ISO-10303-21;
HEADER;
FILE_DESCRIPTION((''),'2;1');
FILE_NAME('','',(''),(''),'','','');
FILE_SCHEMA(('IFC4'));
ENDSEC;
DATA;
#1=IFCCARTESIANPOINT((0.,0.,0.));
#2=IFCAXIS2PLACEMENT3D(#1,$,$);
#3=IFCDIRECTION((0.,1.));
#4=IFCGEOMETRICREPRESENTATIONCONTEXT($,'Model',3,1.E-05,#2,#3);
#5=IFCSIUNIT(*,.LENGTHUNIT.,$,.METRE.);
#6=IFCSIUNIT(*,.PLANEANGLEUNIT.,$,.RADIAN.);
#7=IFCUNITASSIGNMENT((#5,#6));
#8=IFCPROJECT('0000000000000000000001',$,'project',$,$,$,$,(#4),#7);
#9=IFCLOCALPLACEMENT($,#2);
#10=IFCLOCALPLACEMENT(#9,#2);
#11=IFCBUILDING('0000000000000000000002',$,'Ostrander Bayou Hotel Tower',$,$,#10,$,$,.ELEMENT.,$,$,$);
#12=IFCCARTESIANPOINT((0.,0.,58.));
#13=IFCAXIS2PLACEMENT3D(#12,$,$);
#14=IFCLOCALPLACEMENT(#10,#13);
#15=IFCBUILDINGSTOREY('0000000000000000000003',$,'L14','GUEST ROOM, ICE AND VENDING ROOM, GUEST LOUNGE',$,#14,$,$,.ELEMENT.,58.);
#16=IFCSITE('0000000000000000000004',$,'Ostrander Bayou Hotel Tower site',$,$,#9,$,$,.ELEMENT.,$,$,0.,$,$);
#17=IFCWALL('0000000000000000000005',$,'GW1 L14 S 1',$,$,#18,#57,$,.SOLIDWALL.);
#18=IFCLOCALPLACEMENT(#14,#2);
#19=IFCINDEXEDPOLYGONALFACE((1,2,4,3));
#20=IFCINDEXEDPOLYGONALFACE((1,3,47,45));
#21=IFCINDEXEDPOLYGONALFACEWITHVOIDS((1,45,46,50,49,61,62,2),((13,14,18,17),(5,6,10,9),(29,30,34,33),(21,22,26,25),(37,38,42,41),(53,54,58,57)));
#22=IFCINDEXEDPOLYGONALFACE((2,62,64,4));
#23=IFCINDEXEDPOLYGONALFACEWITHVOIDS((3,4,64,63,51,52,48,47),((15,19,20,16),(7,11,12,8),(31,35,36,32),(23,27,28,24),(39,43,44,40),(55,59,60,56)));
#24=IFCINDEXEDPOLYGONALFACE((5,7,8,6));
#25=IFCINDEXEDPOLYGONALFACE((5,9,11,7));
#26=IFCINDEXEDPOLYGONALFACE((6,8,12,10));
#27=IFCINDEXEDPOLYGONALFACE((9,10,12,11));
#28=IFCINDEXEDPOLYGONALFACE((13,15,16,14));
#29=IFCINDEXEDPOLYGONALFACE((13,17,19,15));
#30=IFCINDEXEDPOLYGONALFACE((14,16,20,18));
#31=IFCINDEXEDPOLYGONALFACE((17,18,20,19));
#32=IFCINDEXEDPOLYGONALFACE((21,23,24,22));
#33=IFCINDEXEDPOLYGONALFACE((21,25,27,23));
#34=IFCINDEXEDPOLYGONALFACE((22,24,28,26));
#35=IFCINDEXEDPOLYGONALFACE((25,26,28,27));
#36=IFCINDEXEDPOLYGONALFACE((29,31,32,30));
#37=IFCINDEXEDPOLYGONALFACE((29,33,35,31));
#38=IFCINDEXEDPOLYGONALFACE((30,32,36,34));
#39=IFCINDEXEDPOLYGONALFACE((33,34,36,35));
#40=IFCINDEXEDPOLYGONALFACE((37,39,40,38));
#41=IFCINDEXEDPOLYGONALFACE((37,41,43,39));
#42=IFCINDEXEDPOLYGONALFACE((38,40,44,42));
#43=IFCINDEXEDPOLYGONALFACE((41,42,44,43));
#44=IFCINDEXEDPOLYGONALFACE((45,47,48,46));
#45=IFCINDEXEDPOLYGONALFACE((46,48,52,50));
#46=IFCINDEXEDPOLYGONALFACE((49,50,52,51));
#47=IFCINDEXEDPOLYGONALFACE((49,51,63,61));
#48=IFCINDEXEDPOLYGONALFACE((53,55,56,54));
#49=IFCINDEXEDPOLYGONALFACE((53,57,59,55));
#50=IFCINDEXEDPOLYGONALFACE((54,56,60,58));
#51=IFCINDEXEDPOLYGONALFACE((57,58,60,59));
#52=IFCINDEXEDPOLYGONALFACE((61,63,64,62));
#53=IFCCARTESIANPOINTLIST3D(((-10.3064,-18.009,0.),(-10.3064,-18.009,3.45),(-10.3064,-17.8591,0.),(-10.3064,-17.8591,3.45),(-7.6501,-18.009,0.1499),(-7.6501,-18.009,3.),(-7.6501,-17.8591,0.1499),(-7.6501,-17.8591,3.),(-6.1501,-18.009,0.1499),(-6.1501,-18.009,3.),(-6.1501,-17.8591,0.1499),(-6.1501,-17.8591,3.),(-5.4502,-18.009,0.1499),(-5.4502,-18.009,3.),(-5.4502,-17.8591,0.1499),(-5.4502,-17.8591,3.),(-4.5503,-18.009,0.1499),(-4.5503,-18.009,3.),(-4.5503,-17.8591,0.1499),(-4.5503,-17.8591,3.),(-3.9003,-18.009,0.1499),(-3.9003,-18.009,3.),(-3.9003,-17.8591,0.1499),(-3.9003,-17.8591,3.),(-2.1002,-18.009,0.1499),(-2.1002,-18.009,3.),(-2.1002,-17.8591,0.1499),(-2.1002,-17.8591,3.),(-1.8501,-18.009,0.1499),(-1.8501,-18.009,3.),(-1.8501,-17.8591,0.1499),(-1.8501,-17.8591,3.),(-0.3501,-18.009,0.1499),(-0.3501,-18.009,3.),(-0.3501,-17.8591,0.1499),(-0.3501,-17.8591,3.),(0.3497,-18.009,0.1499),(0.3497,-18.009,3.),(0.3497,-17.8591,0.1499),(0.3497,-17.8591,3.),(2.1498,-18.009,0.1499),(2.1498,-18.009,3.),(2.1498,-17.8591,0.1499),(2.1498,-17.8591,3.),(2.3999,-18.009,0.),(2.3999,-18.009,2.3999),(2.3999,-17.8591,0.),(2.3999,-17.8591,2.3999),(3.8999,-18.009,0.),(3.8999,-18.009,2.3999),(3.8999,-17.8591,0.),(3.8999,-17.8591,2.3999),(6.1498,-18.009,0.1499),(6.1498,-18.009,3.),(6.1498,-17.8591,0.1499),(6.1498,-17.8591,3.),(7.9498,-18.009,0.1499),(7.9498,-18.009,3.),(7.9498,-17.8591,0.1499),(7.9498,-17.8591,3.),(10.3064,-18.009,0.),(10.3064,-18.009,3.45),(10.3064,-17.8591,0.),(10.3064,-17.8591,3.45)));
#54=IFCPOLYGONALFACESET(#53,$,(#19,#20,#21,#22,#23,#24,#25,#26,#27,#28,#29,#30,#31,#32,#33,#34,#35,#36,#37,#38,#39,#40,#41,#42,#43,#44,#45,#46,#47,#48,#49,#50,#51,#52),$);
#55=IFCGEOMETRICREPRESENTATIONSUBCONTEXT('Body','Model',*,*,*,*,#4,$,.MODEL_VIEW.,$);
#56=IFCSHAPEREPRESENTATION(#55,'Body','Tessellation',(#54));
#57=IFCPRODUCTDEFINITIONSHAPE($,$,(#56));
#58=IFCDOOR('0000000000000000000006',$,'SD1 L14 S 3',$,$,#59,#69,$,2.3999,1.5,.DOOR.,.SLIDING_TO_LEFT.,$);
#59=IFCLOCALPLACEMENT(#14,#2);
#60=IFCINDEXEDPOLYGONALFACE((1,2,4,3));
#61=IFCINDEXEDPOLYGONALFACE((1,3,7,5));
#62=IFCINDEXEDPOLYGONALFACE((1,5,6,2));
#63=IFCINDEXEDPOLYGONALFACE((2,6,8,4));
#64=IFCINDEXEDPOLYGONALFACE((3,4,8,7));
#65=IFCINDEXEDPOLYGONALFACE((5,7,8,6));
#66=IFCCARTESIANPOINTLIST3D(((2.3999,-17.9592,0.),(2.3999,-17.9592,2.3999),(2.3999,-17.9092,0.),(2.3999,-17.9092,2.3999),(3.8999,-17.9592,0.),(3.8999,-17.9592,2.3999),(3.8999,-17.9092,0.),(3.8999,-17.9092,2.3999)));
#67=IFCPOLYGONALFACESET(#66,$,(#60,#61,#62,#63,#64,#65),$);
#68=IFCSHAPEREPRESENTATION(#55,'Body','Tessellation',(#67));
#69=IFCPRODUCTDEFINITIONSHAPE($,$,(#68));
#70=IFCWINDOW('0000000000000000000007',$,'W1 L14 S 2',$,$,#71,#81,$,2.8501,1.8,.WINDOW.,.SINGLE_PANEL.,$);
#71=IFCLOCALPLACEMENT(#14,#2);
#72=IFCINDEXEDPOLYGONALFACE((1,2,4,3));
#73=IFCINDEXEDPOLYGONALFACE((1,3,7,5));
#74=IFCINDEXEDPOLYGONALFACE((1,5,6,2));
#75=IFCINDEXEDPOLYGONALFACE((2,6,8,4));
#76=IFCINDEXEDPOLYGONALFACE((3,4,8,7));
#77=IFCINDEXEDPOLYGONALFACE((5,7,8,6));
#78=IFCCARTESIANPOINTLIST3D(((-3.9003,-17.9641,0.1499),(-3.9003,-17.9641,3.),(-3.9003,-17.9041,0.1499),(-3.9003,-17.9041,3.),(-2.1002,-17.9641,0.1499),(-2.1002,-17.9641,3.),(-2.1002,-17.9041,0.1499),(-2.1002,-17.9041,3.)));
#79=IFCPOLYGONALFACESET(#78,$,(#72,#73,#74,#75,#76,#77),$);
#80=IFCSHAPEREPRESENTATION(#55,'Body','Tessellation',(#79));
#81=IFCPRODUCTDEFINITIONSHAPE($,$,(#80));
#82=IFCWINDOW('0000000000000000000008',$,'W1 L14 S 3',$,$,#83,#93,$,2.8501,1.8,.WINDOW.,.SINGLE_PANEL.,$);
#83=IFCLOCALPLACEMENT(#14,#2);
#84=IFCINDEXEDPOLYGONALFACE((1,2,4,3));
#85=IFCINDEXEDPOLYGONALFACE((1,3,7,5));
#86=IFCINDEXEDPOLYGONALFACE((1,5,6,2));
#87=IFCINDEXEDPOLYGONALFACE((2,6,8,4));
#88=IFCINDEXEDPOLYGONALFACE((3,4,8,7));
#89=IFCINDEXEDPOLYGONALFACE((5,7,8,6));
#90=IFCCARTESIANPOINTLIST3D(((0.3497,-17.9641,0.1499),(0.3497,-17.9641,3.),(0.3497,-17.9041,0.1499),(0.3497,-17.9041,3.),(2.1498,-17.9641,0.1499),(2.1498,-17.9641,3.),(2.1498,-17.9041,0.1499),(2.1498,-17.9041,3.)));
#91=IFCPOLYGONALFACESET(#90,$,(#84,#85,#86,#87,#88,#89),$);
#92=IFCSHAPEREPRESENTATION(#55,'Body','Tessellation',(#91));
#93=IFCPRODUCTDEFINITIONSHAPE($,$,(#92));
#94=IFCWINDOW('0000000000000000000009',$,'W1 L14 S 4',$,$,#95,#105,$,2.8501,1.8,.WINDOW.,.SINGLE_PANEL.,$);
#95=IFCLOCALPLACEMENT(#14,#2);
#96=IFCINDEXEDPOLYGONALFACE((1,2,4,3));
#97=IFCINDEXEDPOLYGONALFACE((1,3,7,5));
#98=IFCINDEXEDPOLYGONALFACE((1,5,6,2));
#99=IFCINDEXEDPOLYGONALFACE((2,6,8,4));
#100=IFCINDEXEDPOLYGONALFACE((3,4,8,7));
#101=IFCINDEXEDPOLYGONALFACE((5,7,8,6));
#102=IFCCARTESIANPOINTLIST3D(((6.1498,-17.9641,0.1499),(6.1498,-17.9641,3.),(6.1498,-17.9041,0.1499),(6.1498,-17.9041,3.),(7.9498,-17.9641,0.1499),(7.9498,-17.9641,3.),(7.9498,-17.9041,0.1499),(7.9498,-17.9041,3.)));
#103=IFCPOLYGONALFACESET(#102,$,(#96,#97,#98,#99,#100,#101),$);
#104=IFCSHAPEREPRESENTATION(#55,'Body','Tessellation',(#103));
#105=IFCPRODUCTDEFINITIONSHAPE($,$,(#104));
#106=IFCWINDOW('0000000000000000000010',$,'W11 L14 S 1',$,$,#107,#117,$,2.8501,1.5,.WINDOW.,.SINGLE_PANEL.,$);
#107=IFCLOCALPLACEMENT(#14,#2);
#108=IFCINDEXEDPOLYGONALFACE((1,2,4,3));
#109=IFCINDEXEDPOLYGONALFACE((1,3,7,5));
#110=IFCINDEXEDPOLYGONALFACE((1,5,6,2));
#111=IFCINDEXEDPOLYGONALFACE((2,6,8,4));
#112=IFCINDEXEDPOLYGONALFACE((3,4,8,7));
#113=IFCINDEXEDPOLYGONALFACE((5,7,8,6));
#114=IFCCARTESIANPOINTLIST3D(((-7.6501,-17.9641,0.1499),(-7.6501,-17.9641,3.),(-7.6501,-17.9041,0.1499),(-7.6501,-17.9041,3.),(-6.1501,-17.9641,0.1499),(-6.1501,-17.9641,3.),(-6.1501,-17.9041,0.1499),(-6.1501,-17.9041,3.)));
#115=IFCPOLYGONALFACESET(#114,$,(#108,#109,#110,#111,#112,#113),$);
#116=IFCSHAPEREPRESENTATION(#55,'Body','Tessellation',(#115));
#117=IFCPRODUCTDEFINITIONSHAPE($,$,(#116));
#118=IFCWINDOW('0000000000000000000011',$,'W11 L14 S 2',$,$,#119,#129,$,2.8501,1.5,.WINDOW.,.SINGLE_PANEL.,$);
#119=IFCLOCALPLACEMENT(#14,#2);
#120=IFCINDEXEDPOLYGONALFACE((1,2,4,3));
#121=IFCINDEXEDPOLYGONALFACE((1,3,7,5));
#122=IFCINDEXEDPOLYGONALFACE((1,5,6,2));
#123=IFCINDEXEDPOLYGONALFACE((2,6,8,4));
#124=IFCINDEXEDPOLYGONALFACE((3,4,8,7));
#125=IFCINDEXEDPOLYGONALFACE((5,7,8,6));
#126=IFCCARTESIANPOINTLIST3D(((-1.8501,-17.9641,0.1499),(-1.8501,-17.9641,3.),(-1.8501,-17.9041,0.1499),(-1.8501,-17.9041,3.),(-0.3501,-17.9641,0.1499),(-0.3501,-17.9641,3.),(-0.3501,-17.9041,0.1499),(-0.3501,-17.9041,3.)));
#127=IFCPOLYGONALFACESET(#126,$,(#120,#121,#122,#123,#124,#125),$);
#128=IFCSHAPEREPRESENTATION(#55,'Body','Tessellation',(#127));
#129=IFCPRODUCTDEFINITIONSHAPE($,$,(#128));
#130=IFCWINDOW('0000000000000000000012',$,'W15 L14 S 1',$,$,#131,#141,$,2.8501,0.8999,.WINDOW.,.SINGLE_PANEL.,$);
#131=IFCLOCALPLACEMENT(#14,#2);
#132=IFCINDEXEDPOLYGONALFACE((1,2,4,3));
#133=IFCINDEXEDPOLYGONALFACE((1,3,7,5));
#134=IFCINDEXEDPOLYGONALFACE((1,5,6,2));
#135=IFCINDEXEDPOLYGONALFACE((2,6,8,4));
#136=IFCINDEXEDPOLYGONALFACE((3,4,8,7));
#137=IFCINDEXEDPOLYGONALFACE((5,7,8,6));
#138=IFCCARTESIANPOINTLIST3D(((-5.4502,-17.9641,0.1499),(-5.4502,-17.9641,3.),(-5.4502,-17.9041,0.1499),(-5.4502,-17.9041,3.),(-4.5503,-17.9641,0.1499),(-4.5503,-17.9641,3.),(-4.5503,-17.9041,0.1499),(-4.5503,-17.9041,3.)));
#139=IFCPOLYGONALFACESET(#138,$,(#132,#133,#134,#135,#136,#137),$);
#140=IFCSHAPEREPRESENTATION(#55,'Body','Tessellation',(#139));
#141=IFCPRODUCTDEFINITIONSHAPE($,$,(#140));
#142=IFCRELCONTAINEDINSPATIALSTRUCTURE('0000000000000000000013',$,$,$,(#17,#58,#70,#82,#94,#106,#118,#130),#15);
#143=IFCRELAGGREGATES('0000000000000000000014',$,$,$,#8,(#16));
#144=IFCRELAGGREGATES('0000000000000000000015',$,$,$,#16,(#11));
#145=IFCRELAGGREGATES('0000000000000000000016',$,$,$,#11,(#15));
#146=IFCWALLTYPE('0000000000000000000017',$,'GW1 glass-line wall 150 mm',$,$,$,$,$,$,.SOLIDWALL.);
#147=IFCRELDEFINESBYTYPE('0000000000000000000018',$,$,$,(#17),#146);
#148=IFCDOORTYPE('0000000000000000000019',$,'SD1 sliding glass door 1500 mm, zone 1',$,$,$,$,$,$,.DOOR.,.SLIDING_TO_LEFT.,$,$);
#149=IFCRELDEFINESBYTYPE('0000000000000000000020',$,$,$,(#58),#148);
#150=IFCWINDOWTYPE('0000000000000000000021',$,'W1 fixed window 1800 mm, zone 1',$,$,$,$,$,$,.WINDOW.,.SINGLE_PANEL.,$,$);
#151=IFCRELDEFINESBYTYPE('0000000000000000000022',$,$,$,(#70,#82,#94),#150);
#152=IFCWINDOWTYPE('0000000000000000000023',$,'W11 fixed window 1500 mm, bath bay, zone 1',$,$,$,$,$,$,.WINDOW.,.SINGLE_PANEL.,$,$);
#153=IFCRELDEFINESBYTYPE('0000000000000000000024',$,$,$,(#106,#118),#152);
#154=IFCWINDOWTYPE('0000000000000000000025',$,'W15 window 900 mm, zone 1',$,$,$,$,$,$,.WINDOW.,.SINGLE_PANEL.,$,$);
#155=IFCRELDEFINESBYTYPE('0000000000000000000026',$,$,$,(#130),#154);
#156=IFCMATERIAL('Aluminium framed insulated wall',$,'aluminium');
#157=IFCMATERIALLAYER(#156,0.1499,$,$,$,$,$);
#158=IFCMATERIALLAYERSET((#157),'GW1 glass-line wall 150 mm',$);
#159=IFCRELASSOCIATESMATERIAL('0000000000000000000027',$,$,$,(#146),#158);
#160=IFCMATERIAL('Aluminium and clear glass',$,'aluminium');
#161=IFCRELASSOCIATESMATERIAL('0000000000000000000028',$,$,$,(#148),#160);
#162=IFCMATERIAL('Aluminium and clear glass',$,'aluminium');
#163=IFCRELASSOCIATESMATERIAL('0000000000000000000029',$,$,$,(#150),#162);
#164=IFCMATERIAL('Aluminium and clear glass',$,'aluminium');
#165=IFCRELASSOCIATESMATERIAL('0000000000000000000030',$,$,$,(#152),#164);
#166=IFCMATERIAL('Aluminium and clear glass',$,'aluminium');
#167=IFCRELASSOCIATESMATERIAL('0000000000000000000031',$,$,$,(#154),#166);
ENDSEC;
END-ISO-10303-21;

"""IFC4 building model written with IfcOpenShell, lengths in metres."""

from ifc_helpers import new_model, si_unit, direction, frame, frame_2d, origin, place, context, subcontext, project, spatial, rectangle, extrude, material, layer, layer_set, type_object, element, fill, save


model = new_model("IFC4")

# Units and contexts
model_context = context("Model", 3, precision=1e-05, world=origin(), true_north=direction((0.0, 1.0)))
body_context = subcontext(model_context, "Body", "Model", "MODEL_VIEW")
ifc_project = project(units=[si_unit("LENGTHUNIT", "METRE"), si_unit("PLANEANGLEUNIT", "RADIAN")], contexts=[model_context])

# Site, building, storey
site_placement = place(None, origin())
site = spatial("IfcSite", under=ifc_project, at=site_placement, Name="Ostrander Bayou Hotel Tower site", CompositionType="ELEMENT", RefElevation=0.0)
building_placement = place(site_placement, origin())
building = spatial("IfcBuilding", under=site, at=building_placement, Name="Ostrander Bayou Hotel Tower", CompositionType="ELEMENT")
storey_placement = place(building_placement, frame((0.0, 0.0, 58.0)))
storey = spatial("IfcBuildingStorey", under=building, at=storey_placement, Name="L14", Description="GUEST ROOM, ICE AND VENDING ROOM, GUEST LOUNGE", CompositionType="ELEMENT", Elevation=58.0)

# Wall, openings, door, windows
ifc_material_1 = material(Name="Aluminium framed insulated wall", Category="aluminium")
ifc_layer_1 = layer(ifc_material_1, 0.1499)
ifc_layer_set_1 = layer_set([ifc_layer_1], Name="GW1 glass-line wall 150 mm")
wall_type_1 = type_object("IfcWallType", Name="GW1 glass-line wall 150 mm", PredefinedType="SOLIDWALL", material=ifc_layer_set_1)
wall_1_placement = place(storey_placement, frame((-10.3064, -17.9341, 0.0), z_axis=(0.0, 0.0, 1.0), x_axis=(1.0, 0.0, 0.0)))
wall_1 = element("IfcWall", 1, at=wall_1_placement, inside=storey, type_object=wall_type_1, Name="GW1 L14 S 1", PredefinedType="SOLIDWALL", context=body_context, shape_type="SweptSolid", body=[
    extrude(rectangle(XDim=20.6128, YDim=0.1499, at=frame_2d((10.3064, 0.0))), origin(), (0.0, 0.0, 1.0), 3.45),
])
opening_1_placement = place(wall_1_placement, frame((4.8562, 0.0, 0.1499)))
opening_1 = element("IfcOpeningElement", 2, at=opening_1_placement, cuts=wall_1, PredefinedType="OPENING", context=body_context, shape_type="SweptSolid", body=[
    extrude(rectangle(XDim=0.8999, YDim=2.8501, at=frame_2d((0.45, 1.425))), frame((0.0, 0.075, 0.0), z_axis=(0.0, -1.0, 0.0), x_axis=(1.0, 0.0, 0.0)), (0.0, 0.0, 1.0), 0.1499),
])
opening_2_placement = place(wall_1_placement, frame((2.6562, 0.0, 0.1499)))
opening_2 = element("IfcOpeningElement", 3, at=opening_2_placement, cuts=wall_1, PredefinedType="OPENING", context=body_context, shape_type="SweptSolid", body=[
    extrude(rectangle(XDim=1.5, YDim=2.8501, at=frame_2d((0.75, 1.425))), frame((0.0, 0.075, 0.0), z_axis=(0.0, -1.0, 0.0), x_axis=(1.0, 0.0, 0.0)), (0.0, 0.0, 1.0), 0.1499),
])
opening_3_placement = place(wall_1_placement, frame((6.4062, 0.0, 0.1499)))
opening_3 = element("IfcOpeningElement", 4, at=opening_3_placement, cuts=wall_1, PredefinedType="OPENING", context=body_context, shape_type="SweptSolid", body=[
    extrude(rectangle(XDim=1.8, YDim=2.8501, at=frame_2d((0.8999, 1.425))), frame((0.0, 0.075, 0.0), z_axis=(0.0, -1.0, 0.0), x_axis=(1.0, 0.0, 0.0)), (0.0, 0.0, 1.0), 0.1499),
])
opening_4_placement = place(wall_1_placement, frame((8.4563, 0.0, 0.1499)))
opening_4 = element("IfcOpeningElement", 5, at=opening_4_placement, cuts=wall_1, PredefinedType="OPENING", context=body_context, shape_type="SweptSolid", body=[
    extrude(rectangle(XDim=1.5, YDim=2.8501, at=frame_2d((0.75, 1.425))), frame((0.0, 0.075, 0.0), z_axis=(0.0, -1.0, 0.0), x_axis=(1.0, 0.0, 0.0)), (0.0, 0.0, 1.0), 0.1499),
])
opening_5_placement = place(wall_1_placement, frame((10.6562, 0.0, 0.1499)))
opening_5 = element("IfcOpeningElement", 6, at=opening_5_placement, cuts=wall_1, PredefinedType="OPENING", context=body_context, shape_type="SweptSolid", body=[
    extrude(rectangle(XDim=1.8, YDim=2.8501, at=frame_2d((0.8999, 1.425))), frame((0.0, 0.075, 0.0), z_axis=(0.0, -1.0, 0.0), x_axis=(1.0, 0.0, 0.0)), (0.0, 0.0, 1.0), 0.1499),
])
opening_6_placement = place(wall_1_placement, frame((12.7063, 0.0, 0.0)))
opening_6 = element("IfcOpeningElement", 7, at=opening_6_placement, cuts=wall_1, PredefinedType="OPENING", context=body_context, shape_type="SweptSolid", body=[
    extrude(rectangle(XDim=1.5, YDim=2.3999, at=frame_2d((0.75, 1.2))), frame((0.0, 0.075, 0.0), z_axis=(0.0, -1.0, 0.0), x_axis=(1.0, 0.0, 0.0)), (0.0, 0.0, 1.0), 0.1499),
])
opening_7_placement = place(wall_1_placement, frame((16.4563, 0.0, 0.1499)))
opening_7 = element("IfcOpeningElement", 8, at=opening_7_placement, cuts=wall_1, PredefinedType="OPENING", context=body_context, shape_type="SweptSolid", body=[
    extrude(rectangle(XDim=1.8, YDim=2.8501, at=frame_2d((0.8999, 1.425))), frame((0.0, 0.075, 0.0), z_axis=(0.0, -1.0, 0.0), x_axis=(1.0, 0.0, 0.0)), (0.0, 0.0, 1.0), 0.1499),
])
ifc_material_2 = material(Name="Aluminium and clear glass", Category="aluminium")
door_type = type_object("IfcDoorType", Name="SD1 sliding glass door 1500 mm, zone 1", OperationType="SLIDING_TO_LEFT", PredefinedType="DOOR", material=ifc_material_2)
door_placement = place(opening_6_placement, origin())
door = element("IfcDoor", 9, at=door_placement, inside=storey, type_object=door_type, Name="SD1 L14 S 3", OperationType="SLIDING_TO_LEFT", OverallHeight=2.3999, OverallWidth=1.5, PredefinedType="DOOR", context=body_context, shape_type="SweptSolid", body=[
    extrude(rectangle(XDim=1.5, YDim=2.3999, at=frame_2d((0.75, 1.2))), frame((0.0, 0.0249, 0.0), z_axis=(0.0, -1.0, 0.0), x_axis=(1.0, 0.0, 0.0)), (0.0, 0.0, 1.0), 0.05),
])
fill(opening_6, door)
ifc_material_3 = material(Name="Aluminium and clear glass", Category="aluminium")
window_type_1 = type_object("IfcWindowType", Name="W1 fixed window 1800 mm, zone 1", PartitioningType="SINGLE_PANEL", PredefinedType="WINDOW", material=ifc_material_3)
window_1_placement = place(opening_3_placement, origin())
window_1 = element("IfcWindow", 10, at=window_1_placement, inside=storey, type_object=window_type_1, Name="W1 L14 S 2", OverallHeight=2.8501, OverallWidth=1.8, PartitioningType="SINGLE_PANEL", PredefinedType="WINDOW", context=body_context, shape_type="SweptSolid", body=[
    extrude(rectangle(XDim=1.8, YDim=2.8501, at=frame_2d((0.8999, 1.425))), frame((0.0, 0.03, 0.0), z_axis=(0.0, -1.0, 0.0), x_axis=(1.0, 0.0, 0.0)), (0.0, 0.0, 1.0), 0.0601),
])
fill(opening_3, window_1)
window_2_placement = place(opening_5_placement, origin())
window_2 = element("IfcWindow", 11, at=window_2_placement, inside=storey, type_object=window_type_1, Name="W1 L14 S 3", OverallHeight=2.8501, OverallWidth=1.8, PartitioningType="SINGLE_PANEL", PredefinedType="WINDOW", context=body_context, shape_type="SweptSolid", body=[
    extrude(rectangle(XDim=1.8, YDim=2.8501, at=frame_2d((0.8999, 1.425))), frame((0.0, 0.03, 0.0), z_axis=(0.0, -1.0, 0.0), x_axis=(1.0, 0.0, 0.0)), (0.0, 0.0, 1.0), 0.0601),
])
fill(opening_5, window_2)
window_3_placement = place(opening_7_placement, origin())
window_3 = element("IfcWindow", 12, at=window_3_placement, inside=storey, type_object=window_type_1, Name="W1 L14 S 4", OverallHeight=2.8501, OverallWidth=1.8, PartitioningType="SINGLE_PANEL", PredefinedType="WINDOW", context=body_context, shape_type="SweptSolid", body=[
    extrude(rectangle(XDim=1.8, YDim=2.8501, at=frame_2d((0.8999, 1.425))), frame((0.0, 0.03, 0.0), z_axis=(0.0, -1.0, 0.0), x_axis=(1.0, 0.0, 0.0)), (0.0, 0.0, 1.0), 0.0601),
])
fill(opening_7, window_3)
ifc_material_4 = material(Name="Aluminium and clear glass", Category="aluminium")
window_type_2 = type_object("IfcWindowType", Name="W11 fixed window 1500 mm, bath bay, zone 1", PartitioningType="SINGLE_PANEL", PredefinedType="WINDOW", material=ifc_material_4)
window_4_placement = place(opening_2_placement, origin())
window_4 = element("IfcWindow", 13, at=window_4_placement, inside=storey, type_object=window_type_2, Name="W11 L14 S 1", OverallHeight=2.8501, OverallWidth=1.5, PartitioningType="SINGLE_PANEL", PredefinedType="WINDOW", context=body_context, shape_type="SweptSolid", body=[
    extrude(rectangle(XDim=1.5, YDim=2.8501, at=frame_2d((0.75, 1.425))), frame((0.0, 0.03, 0.0), z_axis=(0.0, -1.0, 0.0), x_axis=(1.0, 0.0, 0.0)), (0.0, 0.0, 1.0), 0.0601),
])
fill(opening_2, window_4)
window_5_placement = place(opening_4_placement, origin())
window_5 = element("IfcWindow", 14, at=window_5_placement, inside=storey, type_object=window_type_2, Name="W11 L14 S 2", OverallHeight=2.8501, OverallWidth=1.5, PartitioningType="SINGLE_PANEL", PredefinedType="WINDOW", context=body_context, shape_type="SweptSolid", body=[
    extrude(rectangle(XDim=1.5, YDim=2.8501, at=frame_2d((0.75, 1.425))), frame((0.0, 0.03, 0.0), z_axis=(0.0, -1.0, 0.0), x_axis=(1.0, 0.0, 0.0)), (0.0, 0.0, 1.0), 0.0601),
])
fill(opening_4, window_5)
ifc_material_5 = material(Name="Aluminium and clear glass", Category="aluminium")
window_type_3 = type_object("IfcWindowType", Name="W15 window 900 mm, zone 1", PartitioningType="SINGLE_PANEL", PredefinedType="WINDOW", material=ifc_material_5)
window_6_placement = place(opening_1_placement, origin())
window_6 = element("IfcWindow", 15, at=window_6_placement, inside=storey, type_object=window_type_3, Name="W15 L14 S 1", OverallHeight=2.8501, OverallWidth=0.8999, PartitioningType="SINGLE_PANEL", PredefinedType="WINDOW", context=body_context, shape_type="SweptSolid", body=[
    extrude(rectangle(XDim=0.8999, YDim=2.8501, at=frame_2d((0.45, 1.425))), frame((0.0, 0.03, 0.0), z_axis=(0.0, -1.0, 0.0), x_axis=(1.0, 0.0, 0.0)), (0.0, 0.0, 1.0), 0.0601),
])
fill(opening_1, window_6)

save(model, "model.ifc")
